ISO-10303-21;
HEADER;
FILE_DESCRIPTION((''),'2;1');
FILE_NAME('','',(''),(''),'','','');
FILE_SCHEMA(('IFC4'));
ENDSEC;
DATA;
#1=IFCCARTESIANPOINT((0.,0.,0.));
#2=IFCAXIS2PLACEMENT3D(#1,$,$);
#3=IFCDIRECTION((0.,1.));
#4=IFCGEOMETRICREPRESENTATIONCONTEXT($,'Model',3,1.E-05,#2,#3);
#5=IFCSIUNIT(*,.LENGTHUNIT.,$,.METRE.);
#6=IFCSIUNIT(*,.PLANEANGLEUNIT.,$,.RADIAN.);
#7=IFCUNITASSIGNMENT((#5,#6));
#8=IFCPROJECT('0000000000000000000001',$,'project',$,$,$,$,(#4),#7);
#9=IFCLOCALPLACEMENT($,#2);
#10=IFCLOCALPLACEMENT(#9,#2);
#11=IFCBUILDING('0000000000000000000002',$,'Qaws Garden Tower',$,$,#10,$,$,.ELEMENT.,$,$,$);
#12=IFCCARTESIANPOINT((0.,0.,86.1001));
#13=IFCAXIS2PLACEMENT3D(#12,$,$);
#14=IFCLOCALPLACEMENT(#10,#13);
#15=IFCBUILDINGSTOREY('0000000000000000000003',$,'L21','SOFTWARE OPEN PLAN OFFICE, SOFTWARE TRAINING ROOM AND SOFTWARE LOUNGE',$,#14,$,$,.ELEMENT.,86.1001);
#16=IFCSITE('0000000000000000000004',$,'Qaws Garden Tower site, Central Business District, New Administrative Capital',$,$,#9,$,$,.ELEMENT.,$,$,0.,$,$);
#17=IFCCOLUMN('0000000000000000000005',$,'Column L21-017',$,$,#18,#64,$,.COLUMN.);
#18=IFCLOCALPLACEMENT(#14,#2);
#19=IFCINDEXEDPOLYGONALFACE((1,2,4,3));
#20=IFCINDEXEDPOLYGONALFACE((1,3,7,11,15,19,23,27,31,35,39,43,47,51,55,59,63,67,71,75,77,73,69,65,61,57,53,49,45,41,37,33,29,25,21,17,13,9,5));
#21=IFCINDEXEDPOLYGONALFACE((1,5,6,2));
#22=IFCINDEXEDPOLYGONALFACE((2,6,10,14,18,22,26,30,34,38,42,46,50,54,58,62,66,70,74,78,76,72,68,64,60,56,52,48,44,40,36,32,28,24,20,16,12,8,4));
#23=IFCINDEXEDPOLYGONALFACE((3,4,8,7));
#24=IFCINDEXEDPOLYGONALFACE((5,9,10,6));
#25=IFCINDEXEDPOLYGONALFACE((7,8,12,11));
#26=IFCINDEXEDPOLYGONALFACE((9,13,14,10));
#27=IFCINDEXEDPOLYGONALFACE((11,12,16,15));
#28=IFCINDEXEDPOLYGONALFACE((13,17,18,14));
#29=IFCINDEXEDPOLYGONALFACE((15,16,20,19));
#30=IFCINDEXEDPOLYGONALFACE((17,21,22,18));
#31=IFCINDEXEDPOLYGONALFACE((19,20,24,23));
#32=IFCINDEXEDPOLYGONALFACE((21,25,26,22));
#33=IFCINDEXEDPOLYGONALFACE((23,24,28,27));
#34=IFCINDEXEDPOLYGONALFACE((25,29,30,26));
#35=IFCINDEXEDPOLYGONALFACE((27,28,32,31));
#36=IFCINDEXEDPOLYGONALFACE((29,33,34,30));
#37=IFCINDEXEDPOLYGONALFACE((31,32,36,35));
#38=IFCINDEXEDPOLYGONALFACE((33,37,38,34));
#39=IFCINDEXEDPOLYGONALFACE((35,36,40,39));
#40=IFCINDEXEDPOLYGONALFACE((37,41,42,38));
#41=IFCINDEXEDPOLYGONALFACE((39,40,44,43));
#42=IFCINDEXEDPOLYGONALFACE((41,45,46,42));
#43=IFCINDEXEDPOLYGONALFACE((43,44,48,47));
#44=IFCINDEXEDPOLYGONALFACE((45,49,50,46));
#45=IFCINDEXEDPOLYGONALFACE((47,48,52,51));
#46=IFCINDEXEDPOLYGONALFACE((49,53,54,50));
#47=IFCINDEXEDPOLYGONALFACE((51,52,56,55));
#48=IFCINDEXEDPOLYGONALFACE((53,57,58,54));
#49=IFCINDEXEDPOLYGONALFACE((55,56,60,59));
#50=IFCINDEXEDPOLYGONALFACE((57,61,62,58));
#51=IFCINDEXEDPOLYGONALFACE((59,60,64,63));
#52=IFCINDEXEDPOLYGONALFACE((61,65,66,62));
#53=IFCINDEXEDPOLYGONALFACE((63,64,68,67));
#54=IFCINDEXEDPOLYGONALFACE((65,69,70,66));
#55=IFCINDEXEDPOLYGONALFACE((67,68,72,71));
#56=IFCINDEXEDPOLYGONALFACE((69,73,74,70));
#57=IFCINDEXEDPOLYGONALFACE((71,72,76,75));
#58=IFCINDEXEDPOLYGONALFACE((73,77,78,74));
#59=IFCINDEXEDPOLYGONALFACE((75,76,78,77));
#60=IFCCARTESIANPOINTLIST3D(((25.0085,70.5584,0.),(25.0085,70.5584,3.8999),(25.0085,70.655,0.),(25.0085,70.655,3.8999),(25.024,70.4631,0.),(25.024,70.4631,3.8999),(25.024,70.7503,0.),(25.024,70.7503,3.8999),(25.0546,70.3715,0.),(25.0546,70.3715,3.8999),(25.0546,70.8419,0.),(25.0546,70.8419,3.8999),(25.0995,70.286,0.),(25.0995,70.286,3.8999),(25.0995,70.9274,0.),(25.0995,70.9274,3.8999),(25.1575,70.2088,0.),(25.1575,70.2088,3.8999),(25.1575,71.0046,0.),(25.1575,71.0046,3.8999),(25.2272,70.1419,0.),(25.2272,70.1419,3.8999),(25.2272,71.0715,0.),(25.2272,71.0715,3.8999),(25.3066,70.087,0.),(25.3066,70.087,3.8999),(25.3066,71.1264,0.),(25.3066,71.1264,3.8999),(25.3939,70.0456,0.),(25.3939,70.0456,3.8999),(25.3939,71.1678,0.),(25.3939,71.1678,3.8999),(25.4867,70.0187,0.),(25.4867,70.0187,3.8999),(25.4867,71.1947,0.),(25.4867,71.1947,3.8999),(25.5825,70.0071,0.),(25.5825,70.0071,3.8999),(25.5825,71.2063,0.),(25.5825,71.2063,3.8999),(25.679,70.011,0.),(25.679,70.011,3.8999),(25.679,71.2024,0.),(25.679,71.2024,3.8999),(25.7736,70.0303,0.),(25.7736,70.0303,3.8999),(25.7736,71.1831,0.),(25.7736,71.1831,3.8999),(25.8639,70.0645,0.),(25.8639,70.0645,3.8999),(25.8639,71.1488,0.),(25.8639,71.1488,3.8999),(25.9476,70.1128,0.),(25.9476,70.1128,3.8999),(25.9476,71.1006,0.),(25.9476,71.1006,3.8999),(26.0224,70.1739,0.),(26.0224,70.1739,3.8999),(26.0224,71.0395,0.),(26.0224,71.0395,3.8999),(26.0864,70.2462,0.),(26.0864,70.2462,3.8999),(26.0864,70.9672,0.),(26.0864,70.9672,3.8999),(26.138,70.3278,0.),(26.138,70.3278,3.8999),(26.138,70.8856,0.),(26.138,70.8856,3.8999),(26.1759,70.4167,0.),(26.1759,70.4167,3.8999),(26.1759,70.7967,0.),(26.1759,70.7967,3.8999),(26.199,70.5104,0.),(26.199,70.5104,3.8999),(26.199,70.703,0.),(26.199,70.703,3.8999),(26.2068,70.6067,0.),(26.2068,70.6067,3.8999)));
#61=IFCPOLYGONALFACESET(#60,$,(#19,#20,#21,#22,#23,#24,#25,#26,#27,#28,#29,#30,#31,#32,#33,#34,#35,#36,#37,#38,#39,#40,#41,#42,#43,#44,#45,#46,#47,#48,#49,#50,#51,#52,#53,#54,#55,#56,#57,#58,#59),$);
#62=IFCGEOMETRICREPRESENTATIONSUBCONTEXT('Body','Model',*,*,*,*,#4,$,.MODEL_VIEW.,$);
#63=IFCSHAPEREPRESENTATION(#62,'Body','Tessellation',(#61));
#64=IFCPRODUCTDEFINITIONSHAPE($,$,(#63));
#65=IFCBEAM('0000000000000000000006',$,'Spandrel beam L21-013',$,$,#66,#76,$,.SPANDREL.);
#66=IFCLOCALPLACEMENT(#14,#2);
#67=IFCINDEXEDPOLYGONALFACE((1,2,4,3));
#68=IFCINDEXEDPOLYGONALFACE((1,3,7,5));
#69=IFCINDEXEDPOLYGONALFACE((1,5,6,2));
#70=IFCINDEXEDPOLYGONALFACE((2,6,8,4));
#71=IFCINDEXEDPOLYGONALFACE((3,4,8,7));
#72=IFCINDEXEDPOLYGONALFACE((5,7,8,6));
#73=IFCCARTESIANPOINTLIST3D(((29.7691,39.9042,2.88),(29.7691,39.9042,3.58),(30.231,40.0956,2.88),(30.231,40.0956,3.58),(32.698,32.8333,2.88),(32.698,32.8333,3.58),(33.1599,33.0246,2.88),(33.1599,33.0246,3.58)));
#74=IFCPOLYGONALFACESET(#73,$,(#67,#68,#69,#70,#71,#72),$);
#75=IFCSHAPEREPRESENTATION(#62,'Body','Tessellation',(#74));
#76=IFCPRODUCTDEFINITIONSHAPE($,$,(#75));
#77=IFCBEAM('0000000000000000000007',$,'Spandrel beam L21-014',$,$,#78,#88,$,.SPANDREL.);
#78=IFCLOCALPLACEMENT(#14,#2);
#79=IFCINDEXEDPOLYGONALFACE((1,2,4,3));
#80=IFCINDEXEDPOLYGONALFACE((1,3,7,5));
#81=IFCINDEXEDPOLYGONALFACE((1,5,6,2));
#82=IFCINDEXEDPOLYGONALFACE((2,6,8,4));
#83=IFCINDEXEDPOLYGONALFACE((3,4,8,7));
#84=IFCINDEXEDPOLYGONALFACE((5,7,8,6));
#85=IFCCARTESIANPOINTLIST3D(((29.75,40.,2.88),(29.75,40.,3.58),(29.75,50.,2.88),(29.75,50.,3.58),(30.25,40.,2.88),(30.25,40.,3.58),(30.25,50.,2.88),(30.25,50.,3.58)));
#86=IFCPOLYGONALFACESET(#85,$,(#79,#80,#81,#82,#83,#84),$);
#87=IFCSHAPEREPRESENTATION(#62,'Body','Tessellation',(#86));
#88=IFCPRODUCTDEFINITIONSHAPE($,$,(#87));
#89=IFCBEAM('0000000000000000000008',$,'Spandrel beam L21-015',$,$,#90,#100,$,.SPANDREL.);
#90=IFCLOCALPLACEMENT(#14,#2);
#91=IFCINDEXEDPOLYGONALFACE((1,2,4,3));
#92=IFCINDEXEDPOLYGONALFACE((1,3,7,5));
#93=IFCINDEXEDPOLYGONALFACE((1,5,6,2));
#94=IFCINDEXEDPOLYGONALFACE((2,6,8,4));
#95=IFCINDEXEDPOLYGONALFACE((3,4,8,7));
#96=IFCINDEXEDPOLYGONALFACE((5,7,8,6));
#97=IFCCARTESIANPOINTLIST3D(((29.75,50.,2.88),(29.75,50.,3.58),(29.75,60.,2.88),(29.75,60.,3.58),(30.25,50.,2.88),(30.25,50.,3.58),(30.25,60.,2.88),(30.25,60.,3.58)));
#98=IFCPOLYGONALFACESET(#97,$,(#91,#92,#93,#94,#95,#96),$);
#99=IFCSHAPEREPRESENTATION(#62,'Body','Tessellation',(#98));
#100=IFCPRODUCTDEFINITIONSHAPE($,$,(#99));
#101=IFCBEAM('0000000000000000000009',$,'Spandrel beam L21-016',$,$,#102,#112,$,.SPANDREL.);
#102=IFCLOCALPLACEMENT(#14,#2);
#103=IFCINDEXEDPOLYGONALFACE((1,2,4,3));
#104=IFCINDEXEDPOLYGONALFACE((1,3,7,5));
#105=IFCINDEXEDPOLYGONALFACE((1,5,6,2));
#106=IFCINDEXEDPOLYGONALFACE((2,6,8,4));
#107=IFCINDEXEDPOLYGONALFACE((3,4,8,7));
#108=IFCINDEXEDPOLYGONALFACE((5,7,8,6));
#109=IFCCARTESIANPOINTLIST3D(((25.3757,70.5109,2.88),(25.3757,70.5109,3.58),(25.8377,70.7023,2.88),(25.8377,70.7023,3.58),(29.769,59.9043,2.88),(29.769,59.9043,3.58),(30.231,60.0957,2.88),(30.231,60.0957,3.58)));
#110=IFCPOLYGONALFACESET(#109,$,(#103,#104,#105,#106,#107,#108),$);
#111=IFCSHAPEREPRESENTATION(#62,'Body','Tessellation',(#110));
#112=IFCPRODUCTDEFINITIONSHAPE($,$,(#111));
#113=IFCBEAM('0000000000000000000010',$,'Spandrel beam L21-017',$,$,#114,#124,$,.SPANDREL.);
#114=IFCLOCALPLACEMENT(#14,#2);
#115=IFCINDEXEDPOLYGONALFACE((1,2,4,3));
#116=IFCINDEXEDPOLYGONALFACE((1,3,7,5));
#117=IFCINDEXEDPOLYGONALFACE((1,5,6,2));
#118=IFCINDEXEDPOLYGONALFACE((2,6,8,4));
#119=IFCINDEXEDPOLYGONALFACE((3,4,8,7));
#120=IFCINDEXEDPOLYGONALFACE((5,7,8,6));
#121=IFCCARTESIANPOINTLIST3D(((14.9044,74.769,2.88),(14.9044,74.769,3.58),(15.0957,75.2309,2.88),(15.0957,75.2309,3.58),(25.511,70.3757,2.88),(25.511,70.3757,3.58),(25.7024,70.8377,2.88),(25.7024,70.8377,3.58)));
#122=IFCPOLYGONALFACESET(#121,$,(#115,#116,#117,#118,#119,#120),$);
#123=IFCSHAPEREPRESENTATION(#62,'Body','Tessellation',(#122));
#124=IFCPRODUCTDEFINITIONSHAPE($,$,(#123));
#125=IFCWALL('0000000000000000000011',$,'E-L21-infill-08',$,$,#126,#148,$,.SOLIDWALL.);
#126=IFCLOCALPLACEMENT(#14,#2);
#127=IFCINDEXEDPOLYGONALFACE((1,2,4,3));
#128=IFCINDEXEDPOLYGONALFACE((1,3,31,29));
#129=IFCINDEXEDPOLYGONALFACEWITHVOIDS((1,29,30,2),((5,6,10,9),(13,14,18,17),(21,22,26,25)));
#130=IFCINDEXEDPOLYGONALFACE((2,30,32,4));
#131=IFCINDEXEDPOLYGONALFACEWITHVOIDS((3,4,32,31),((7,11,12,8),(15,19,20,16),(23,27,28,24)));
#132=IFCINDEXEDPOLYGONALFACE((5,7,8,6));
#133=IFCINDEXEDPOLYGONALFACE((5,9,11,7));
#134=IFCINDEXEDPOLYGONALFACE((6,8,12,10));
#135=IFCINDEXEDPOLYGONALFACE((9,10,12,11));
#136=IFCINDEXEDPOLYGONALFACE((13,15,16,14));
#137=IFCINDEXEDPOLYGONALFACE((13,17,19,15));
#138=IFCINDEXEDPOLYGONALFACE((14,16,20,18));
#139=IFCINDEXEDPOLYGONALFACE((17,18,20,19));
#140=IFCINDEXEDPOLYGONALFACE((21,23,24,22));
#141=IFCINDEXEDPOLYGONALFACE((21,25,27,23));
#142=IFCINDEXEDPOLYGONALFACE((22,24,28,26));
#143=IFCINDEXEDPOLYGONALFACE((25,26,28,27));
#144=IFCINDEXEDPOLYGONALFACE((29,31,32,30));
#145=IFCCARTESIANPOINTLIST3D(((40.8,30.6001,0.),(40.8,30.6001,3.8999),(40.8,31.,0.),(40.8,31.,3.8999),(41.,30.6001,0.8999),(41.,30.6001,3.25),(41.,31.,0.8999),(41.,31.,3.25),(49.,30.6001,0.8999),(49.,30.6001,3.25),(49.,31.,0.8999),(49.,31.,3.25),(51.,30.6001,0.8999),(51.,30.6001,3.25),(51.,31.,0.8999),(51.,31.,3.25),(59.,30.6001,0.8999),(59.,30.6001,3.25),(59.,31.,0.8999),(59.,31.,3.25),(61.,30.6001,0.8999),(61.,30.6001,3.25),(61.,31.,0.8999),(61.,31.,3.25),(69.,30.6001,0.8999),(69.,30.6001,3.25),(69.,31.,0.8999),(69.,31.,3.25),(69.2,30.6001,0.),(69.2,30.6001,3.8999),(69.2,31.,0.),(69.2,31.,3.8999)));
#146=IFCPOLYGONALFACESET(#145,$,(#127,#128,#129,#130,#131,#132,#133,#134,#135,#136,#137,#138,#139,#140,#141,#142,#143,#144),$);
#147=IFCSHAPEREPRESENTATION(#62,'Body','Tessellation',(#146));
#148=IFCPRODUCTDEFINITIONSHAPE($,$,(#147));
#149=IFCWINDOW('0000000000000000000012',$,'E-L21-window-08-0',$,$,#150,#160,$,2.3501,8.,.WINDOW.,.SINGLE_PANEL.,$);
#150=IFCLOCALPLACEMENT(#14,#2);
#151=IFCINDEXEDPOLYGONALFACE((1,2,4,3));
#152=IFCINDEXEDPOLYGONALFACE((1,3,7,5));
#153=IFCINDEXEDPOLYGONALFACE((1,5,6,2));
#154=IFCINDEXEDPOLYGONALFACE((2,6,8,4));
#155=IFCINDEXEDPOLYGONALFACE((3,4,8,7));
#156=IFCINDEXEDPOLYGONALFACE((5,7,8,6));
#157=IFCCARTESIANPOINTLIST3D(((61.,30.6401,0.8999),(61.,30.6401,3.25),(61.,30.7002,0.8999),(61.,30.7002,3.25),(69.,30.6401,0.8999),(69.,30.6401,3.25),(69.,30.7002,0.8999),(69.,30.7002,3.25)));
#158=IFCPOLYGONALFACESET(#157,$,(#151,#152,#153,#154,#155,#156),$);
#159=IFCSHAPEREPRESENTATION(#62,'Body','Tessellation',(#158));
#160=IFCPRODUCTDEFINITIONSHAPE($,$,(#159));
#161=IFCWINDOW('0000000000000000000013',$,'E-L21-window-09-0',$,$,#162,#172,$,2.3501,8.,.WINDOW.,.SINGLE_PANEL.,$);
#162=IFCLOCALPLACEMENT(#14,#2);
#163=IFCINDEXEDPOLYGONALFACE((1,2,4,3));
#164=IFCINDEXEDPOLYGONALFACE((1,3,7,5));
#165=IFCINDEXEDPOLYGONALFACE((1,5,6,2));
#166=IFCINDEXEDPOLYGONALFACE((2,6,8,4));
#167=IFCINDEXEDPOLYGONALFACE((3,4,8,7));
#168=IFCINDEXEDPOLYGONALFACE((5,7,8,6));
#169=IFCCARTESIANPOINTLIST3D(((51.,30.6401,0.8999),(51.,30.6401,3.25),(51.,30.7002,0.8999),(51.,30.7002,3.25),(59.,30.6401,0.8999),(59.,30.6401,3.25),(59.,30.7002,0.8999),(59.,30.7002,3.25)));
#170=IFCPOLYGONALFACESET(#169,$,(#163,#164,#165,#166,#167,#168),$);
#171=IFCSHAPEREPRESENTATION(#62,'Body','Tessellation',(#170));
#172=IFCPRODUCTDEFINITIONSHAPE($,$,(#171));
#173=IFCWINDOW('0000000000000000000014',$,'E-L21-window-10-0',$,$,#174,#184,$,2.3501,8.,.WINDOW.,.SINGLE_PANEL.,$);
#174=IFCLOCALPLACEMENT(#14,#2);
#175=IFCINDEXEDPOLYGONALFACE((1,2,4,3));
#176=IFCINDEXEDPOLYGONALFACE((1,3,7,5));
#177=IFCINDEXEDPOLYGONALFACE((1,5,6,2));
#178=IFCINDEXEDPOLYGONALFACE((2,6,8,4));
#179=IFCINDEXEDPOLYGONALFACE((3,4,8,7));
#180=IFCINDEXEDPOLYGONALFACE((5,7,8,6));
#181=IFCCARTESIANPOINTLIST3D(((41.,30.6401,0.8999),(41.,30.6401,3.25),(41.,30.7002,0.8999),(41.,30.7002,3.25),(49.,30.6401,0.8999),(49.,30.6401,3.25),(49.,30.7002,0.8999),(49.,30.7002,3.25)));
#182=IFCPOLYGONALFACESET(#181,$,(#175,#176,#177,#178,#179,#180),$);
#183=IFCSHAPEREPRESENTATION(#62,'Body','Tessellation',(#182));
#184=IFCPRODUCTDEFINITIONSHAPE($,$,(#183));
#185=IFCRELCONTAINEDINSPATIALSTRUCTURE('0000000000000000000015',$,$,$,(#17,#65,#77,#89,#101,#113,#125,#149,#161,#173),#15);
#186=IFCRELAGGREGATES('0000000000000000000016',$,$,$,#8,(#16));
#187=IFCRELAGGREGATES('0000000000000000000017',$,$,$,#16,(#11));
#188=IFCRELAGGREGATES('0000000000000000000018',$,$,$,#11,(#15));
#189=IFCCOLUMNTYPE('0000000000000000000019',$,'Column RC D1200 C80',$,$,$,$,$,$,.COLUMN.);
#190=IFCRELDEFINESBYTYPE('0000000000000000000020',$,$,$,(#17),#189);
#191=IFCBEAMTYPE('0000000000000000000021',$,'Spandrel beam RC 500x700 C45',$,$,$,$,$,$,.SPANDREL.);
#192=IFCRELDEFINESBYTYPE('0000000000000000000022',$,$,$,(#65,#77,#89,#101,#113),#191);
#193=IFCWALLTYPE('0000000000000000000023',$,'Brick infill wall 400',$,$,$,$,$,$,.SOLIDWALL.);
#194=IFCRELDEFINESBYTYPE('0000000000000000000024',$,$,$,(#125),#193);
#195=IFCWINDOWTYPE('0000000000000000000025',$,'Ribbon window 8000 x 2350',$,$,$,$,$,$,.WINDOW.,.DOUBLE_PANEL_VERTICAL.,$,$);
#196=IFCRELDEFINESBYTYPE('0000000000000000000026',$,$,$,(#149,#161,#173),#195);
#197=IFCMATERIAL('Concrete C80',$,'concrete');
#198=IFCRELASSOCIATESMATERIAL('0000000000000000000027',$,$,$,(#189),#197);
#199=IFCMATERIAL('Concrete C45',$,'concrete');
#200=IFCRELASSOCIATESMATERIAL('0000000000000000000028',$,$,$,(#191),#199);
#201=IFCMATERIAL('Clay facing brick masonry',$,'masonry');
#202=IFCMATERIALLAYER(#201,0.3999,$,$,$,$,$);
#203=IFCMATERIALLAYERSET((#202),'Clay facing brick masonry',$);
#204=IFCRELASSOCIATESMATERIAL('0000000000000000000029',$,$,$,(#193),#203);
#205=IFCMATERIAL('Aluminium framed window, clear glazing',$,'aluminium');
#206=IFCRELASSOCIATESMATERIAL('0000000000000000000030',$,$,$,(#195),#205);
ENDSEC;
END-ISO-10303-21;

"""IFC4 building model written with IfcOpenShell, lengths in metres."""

from ifc_helpers import new_model, si_unit, direction, frame, frame_2d, origin, origin_2d, place, context, subcontext, project, spatial, rectangle, circle, extrude, material, layer, layer_set, material_profile, profile_set, type_object, element, fill, save


model = new_model("IFC4")

# Units and contexts
model_context = context("Model", 3, precision=1e-05, world=origin(), true_north=direction((0.0, 1.0)))
body_context = subcontext(model_context, "Body", "Model", "MODEL_VIEW")
ifc_project = project(units=[si_unit("LENGTHUNIT", "METRE"), si_unit("PLANEANGLEUNIT", "RADIAN")], contexts=[model_context])

# Site, building, storey
site_placement = place(None, origin())
site = spatial("IfcSite", under=ifc_project, at=site_placement, Name="Qaws Garden Tower site, Central Business District, New Administrative Capital", CompositionType="ELEMENT", RefElevation=0.0)
building_placement = place(site_placement, origin())
building = spatial("IfcBuilding", under=site, at=building_placement, Name="Qaws Garden Tower", CompositionType="ELEMENT")
storey_placement = place(building_placement, frame((0.0, 0.0, 86.1001)))
storey = spatial("IfcBuildingStorey", under=building, at=storey_placement, Name="L21", Description="SOFTWARE OPEN PLAN OFFICE, SOFTWARE TRAINING ROOM AND SOFTWARE LOUNGE", CompositionType="ELEMENT", Elevation=86.1001)

# Column
ifc_material_1 = material(Name="Concrete C80", Category="concrete")
ifc_material_profile_1 = material_profile(ifc_material_1, circle(Radius=0.6001, at=origin_2d()), Name="RC D1200")
ifc_profile_set_1 = profile_set([ifc_material_profile_1], Name="Concrete C80")
column_type_1 = type_object("IfcColumnType", Name="Column RC D1200 C80", PredefinedType="COLUMN", material=ifc_profile_set_1)
for number, where, z_axis, x_axis, name in (
    (1, (25.6067, 70.6067, 0.0), (0.0, 0.0, 1.0), (1.0, 0.0, 0.0), "Column L21-017"),
):
    element("IfcColumn", number, at=place(storey_placement, frame(where, z_axis=z_axis, x_axis=x_axis)), inside=storey, type_object=column_type_1, Name=name, PredefinedType="COLUMN", context=body_context, shape_type="SweptSolid", body=[
        extrude(circle(Radius=0.6001, at=origin_2d()), origin(), (0.0, 0.0, 1.0), 3.8999),
    ])

# Beams
ifc_material_2 = material(Name="Concrete C45", Category="concrete")
ifc_material_profile_2 = material_profile(ifc_material_2, rectangle(XDim=0.5, YDim=0.7, at=origin_2d()), Name="RC 500x700")
ifc_profile_set_2 = profile_set([ifc_material_profile_2], Name="Concrete C45")
beam_type = type_object("IfcBeamType", Name="Spandrel beam RC 500x700 C45", PredefinedType="SPANDREL", material=ifc_profile_set_2)
beam_placement = place(storey_placement, frame((32.929, 32.929, 3.23), z_axis=(-0.382687, 0.923878, 0.0), x_axis=(-0.923878, -0.382687, 0.0)))
element("IfcBeam", 2, at=beam_placement, inside=storey, type_object=beam_type, Name="Spandrel beam L21-013", PredefinedType="SPANDREL", context=body_context, shape_type="SweptSolid", body=[
    extrude(rectangle(XDim=0.5, YDim=0.7, at=origin_2d()), origin(), (0.0, 0.0, 1.0), 7.6536),
])
for number, where, z_axis, x_axis, name in (
    (3, (30.0, 40.0, 3.23), (0.0, 1.0, 0.0), (-1.0, 0.0, 0.0), "Spandrel beam L21-014"),
    (4, (30.0, 50.0, 3.23), (0.0, 1.0, 0.0), (-1.0, 0.0, 0.0), "Spandrel beam L21-015"),
):
    element("IfcBeam", number, at=place(storey_placement, frame(where, z_axis=z_axis, x_axis=x_axis)), inside=storey, type_object=beam_type, Name=name, PredefinedType="SPANDREL", context=body_context, shape_type="SweptSolid", body=[
        extrude(rectangle(XDim=0.5, YDim=0.7, at=origin_2d()), origin(), (0.0, 0.0, 1.0), 10.0),
    ])
for number, where, z_axis, x_axis, name in (
    (5, (30.0, 60.0, 3.23), (-0.382674, 0.923883, 0.0), (-0.923883, -0.382674, 0.0), "Spandrel beam L21-016"),
    (6, (25.6067, 70.6067, 3.23), (-0.923883, 0.382674, 0.0), (-0.382674, -0.923883, 0.0), "Spandrel beam L21-017"),
):
    element("IfcBeam", number, at=place(storey_placement, frame(where, z_axis=z_axis, x_axis=x_axis)), inside=storey, type_object=beam_type, Name=name, PredefinedType="SPANDREL", context=body_context, shape_type="SweptSolid", body=[
        extrude(rectangle(XDim=0.5, YDim=0.7, at=origin_2d()), origin(), (0.0, 0.0, 1.0), 11.4805),
    ])

# Wall, openings, windows
ifc_material_3 = material(Name="Clay facing brick masonry", Category="masonry")
ifc_layer_1 = layer(ifc_material_3, 0.3999)
ifc_layer_set_1 = layer_set([ifc_layer_1], Name="Clay facing brick masonry")
wall_type_1 = type_object("IfcWallType", Name="Brick infill wall 400", PredefinedType="SOLIDWALL", material=ifc_layer_set_1)
wall_1_placement = place(storey_placement, frame((69.2, 30.8, 0.0), z_axis=(0.0, 0.0, 1.0), x_axis=(-1.0, 0.0, 0.0)))
wall_1 = element("IfcWall", 7, at=wall_1_placement, inside=storey, type_object=wall_type_1, Name="E-L21-infill-08", PredefinedType="SOLIDWALL", context=body_context, shape_type="SweptSolid", body=[
    extrude(rectangle(XDim=28.3999, YDim=0.3999, at=frame_2d((14.2, 0.0))), origin(), (0.0, 0.0, 1.0), 3.8999),
])
opening_1_placement = place(wall_1_placement, frame((0.2, 0.0, 0.8999)))
opening_1 = element("IfcOpeningElement", 8, at=opening_1_placement, cuts=wall_1, PredefinedType="OPENING", context=body_context, shape_type="SweptSolid", body=[
    extrude(rectangle(XDim=8.0, YDim=2.3501, at=frame_2d((4.0, 1.175))), frame((0.0, 0.21, 0.0), z_axis=(0.0, -1.0, 0.0), x_axis=(1.0, 0.0, 0.0)), (0.0, 0.0, 1.0), 0.4199),
])
opening_2_placement = place(wall_1_placement, frame((10.2, 0.0, 0.8999)))
opening_2 = element("IfcOpeningElement", 9, at=opening_2_placement, cuts=wall_1, PredefinedType="OPENING", context=body_context, shape_type="SweptSolid", body=[
    extrude(rectangle(XDim=8.0, YDim=2.3501, at=frame_2d((4.0, 1.175))), frame((0.0, 0.21, 0.0), z_axis=(0.0, -1.0, 0.0), x_axis=(1.0, 0.0, 0.0)), (0.0, 0.0, 1.0), 0.4199),
])
opening_3_placement = place(wall_1_placement, frame((20.2, 0.0, 0.8999)))
opening_3 = element("IfcOpeningElement", 10, at=opening_3_placement, cuts=wall_1, PredefinedType="OPENING", context=body_context, shape_type="SweptSolid", body=[
    extrude(rectangle(XDim=8.0, YDim=2.3501, at=frame_2d((4.0, 1.175))), frame((0.0, 0.21, 0.0), z_axis=(0.0, -1.0, 0.0), x_axis=(1.0, 0.0, 0.0)), (0.0, 0.0, 1.0), 0.4199),
])
ifc_material_4 = material(Name="Aluminium framed window, clear glazing", Category="aluminium")
window_type_1 = type_object("IfcWindowType", Name="Ribbon window 8000 x 2350", PartitioningType="DOUBLE_PANEL_VERTICAL", PredefinedType="WINDOW", material=ifc_material_4)
window_1_placement = place(opening_1_placement, origin())
window_1 = element("IfcWindow", 11, at=window_1_placement, inside=storey, type_object=window_type_1, Name="E-L21-window-08-0", OverallHeight=2.3501, OverallWidth=8.0, PartitioningType="SINGLE_PANEL", PredefinedType="WINDOW", context=body_context, shape_type="SweptSolid", body=[
    extrude(rectangle(XDim=8.0, YDim=2.3501, at=frame_2d((4.0, 1.175))), frame((0.0, 0.1599, 0.0), z_axis=(0.0, -1.0, 0.0), x_axis=(1.0, 0.0, 0.0)), (0.0, 0.0, 1.0), 0.0601),
])
fill(opening_1, window_1)
window_2_placement = place(opening_2_placement, origin())
window_2 = element("IfcWindow", 12, at=window_2_placement, inside=storey, type_object=window_type_1, Name="E-L21-window-09-0", OverallHeight=2.3501, OverallWidth=8.0, PartitioningType="SINGLE_PANEL", PredefinedType="WINDOW", context=body_context, shape_type="SweptSolid", body=[
    extrude(rectangle(XDim=8.0, YDim=2.3501, at=frame_2d((4.0, 1.175))), frame((0.0, 0.1599, 0.0), z_axis=(0.0, -1.0, 0.0), x_axis=(1.0, 0.0, 0.0)), (0.0, 0.0, 1.0), 0.0601),
])
fill(opening_2, window_2)
window_3_placement = place(opening_3_placement, origin())
window_3 = element("IfcWindow", 13, at=window_3_placement, inside=storey, type_object=window_type_1, Name="E-L21-window-10-0", OverallHeight=2.3501, OverallWidth=8.0, PartitioningType="SINGLE_PANEL", PredefinedType="WINDOW", context=body_context, shape_type="SweptSolid", body=[
    extrude(rectangle(XDim=8.0, YDim=2.3501, at=frame_2d((4.0, 1.175))), frame((0.0, 0.1599, 0.0), z_axis=(0.0, -1.0, 0.0), x_axis=(1.0, 0.0, 0.0)), (0.0, 0.0, 1.0), 0.0601),
])
fill(opening_3, window_3)

save(model, "model.ifc")
